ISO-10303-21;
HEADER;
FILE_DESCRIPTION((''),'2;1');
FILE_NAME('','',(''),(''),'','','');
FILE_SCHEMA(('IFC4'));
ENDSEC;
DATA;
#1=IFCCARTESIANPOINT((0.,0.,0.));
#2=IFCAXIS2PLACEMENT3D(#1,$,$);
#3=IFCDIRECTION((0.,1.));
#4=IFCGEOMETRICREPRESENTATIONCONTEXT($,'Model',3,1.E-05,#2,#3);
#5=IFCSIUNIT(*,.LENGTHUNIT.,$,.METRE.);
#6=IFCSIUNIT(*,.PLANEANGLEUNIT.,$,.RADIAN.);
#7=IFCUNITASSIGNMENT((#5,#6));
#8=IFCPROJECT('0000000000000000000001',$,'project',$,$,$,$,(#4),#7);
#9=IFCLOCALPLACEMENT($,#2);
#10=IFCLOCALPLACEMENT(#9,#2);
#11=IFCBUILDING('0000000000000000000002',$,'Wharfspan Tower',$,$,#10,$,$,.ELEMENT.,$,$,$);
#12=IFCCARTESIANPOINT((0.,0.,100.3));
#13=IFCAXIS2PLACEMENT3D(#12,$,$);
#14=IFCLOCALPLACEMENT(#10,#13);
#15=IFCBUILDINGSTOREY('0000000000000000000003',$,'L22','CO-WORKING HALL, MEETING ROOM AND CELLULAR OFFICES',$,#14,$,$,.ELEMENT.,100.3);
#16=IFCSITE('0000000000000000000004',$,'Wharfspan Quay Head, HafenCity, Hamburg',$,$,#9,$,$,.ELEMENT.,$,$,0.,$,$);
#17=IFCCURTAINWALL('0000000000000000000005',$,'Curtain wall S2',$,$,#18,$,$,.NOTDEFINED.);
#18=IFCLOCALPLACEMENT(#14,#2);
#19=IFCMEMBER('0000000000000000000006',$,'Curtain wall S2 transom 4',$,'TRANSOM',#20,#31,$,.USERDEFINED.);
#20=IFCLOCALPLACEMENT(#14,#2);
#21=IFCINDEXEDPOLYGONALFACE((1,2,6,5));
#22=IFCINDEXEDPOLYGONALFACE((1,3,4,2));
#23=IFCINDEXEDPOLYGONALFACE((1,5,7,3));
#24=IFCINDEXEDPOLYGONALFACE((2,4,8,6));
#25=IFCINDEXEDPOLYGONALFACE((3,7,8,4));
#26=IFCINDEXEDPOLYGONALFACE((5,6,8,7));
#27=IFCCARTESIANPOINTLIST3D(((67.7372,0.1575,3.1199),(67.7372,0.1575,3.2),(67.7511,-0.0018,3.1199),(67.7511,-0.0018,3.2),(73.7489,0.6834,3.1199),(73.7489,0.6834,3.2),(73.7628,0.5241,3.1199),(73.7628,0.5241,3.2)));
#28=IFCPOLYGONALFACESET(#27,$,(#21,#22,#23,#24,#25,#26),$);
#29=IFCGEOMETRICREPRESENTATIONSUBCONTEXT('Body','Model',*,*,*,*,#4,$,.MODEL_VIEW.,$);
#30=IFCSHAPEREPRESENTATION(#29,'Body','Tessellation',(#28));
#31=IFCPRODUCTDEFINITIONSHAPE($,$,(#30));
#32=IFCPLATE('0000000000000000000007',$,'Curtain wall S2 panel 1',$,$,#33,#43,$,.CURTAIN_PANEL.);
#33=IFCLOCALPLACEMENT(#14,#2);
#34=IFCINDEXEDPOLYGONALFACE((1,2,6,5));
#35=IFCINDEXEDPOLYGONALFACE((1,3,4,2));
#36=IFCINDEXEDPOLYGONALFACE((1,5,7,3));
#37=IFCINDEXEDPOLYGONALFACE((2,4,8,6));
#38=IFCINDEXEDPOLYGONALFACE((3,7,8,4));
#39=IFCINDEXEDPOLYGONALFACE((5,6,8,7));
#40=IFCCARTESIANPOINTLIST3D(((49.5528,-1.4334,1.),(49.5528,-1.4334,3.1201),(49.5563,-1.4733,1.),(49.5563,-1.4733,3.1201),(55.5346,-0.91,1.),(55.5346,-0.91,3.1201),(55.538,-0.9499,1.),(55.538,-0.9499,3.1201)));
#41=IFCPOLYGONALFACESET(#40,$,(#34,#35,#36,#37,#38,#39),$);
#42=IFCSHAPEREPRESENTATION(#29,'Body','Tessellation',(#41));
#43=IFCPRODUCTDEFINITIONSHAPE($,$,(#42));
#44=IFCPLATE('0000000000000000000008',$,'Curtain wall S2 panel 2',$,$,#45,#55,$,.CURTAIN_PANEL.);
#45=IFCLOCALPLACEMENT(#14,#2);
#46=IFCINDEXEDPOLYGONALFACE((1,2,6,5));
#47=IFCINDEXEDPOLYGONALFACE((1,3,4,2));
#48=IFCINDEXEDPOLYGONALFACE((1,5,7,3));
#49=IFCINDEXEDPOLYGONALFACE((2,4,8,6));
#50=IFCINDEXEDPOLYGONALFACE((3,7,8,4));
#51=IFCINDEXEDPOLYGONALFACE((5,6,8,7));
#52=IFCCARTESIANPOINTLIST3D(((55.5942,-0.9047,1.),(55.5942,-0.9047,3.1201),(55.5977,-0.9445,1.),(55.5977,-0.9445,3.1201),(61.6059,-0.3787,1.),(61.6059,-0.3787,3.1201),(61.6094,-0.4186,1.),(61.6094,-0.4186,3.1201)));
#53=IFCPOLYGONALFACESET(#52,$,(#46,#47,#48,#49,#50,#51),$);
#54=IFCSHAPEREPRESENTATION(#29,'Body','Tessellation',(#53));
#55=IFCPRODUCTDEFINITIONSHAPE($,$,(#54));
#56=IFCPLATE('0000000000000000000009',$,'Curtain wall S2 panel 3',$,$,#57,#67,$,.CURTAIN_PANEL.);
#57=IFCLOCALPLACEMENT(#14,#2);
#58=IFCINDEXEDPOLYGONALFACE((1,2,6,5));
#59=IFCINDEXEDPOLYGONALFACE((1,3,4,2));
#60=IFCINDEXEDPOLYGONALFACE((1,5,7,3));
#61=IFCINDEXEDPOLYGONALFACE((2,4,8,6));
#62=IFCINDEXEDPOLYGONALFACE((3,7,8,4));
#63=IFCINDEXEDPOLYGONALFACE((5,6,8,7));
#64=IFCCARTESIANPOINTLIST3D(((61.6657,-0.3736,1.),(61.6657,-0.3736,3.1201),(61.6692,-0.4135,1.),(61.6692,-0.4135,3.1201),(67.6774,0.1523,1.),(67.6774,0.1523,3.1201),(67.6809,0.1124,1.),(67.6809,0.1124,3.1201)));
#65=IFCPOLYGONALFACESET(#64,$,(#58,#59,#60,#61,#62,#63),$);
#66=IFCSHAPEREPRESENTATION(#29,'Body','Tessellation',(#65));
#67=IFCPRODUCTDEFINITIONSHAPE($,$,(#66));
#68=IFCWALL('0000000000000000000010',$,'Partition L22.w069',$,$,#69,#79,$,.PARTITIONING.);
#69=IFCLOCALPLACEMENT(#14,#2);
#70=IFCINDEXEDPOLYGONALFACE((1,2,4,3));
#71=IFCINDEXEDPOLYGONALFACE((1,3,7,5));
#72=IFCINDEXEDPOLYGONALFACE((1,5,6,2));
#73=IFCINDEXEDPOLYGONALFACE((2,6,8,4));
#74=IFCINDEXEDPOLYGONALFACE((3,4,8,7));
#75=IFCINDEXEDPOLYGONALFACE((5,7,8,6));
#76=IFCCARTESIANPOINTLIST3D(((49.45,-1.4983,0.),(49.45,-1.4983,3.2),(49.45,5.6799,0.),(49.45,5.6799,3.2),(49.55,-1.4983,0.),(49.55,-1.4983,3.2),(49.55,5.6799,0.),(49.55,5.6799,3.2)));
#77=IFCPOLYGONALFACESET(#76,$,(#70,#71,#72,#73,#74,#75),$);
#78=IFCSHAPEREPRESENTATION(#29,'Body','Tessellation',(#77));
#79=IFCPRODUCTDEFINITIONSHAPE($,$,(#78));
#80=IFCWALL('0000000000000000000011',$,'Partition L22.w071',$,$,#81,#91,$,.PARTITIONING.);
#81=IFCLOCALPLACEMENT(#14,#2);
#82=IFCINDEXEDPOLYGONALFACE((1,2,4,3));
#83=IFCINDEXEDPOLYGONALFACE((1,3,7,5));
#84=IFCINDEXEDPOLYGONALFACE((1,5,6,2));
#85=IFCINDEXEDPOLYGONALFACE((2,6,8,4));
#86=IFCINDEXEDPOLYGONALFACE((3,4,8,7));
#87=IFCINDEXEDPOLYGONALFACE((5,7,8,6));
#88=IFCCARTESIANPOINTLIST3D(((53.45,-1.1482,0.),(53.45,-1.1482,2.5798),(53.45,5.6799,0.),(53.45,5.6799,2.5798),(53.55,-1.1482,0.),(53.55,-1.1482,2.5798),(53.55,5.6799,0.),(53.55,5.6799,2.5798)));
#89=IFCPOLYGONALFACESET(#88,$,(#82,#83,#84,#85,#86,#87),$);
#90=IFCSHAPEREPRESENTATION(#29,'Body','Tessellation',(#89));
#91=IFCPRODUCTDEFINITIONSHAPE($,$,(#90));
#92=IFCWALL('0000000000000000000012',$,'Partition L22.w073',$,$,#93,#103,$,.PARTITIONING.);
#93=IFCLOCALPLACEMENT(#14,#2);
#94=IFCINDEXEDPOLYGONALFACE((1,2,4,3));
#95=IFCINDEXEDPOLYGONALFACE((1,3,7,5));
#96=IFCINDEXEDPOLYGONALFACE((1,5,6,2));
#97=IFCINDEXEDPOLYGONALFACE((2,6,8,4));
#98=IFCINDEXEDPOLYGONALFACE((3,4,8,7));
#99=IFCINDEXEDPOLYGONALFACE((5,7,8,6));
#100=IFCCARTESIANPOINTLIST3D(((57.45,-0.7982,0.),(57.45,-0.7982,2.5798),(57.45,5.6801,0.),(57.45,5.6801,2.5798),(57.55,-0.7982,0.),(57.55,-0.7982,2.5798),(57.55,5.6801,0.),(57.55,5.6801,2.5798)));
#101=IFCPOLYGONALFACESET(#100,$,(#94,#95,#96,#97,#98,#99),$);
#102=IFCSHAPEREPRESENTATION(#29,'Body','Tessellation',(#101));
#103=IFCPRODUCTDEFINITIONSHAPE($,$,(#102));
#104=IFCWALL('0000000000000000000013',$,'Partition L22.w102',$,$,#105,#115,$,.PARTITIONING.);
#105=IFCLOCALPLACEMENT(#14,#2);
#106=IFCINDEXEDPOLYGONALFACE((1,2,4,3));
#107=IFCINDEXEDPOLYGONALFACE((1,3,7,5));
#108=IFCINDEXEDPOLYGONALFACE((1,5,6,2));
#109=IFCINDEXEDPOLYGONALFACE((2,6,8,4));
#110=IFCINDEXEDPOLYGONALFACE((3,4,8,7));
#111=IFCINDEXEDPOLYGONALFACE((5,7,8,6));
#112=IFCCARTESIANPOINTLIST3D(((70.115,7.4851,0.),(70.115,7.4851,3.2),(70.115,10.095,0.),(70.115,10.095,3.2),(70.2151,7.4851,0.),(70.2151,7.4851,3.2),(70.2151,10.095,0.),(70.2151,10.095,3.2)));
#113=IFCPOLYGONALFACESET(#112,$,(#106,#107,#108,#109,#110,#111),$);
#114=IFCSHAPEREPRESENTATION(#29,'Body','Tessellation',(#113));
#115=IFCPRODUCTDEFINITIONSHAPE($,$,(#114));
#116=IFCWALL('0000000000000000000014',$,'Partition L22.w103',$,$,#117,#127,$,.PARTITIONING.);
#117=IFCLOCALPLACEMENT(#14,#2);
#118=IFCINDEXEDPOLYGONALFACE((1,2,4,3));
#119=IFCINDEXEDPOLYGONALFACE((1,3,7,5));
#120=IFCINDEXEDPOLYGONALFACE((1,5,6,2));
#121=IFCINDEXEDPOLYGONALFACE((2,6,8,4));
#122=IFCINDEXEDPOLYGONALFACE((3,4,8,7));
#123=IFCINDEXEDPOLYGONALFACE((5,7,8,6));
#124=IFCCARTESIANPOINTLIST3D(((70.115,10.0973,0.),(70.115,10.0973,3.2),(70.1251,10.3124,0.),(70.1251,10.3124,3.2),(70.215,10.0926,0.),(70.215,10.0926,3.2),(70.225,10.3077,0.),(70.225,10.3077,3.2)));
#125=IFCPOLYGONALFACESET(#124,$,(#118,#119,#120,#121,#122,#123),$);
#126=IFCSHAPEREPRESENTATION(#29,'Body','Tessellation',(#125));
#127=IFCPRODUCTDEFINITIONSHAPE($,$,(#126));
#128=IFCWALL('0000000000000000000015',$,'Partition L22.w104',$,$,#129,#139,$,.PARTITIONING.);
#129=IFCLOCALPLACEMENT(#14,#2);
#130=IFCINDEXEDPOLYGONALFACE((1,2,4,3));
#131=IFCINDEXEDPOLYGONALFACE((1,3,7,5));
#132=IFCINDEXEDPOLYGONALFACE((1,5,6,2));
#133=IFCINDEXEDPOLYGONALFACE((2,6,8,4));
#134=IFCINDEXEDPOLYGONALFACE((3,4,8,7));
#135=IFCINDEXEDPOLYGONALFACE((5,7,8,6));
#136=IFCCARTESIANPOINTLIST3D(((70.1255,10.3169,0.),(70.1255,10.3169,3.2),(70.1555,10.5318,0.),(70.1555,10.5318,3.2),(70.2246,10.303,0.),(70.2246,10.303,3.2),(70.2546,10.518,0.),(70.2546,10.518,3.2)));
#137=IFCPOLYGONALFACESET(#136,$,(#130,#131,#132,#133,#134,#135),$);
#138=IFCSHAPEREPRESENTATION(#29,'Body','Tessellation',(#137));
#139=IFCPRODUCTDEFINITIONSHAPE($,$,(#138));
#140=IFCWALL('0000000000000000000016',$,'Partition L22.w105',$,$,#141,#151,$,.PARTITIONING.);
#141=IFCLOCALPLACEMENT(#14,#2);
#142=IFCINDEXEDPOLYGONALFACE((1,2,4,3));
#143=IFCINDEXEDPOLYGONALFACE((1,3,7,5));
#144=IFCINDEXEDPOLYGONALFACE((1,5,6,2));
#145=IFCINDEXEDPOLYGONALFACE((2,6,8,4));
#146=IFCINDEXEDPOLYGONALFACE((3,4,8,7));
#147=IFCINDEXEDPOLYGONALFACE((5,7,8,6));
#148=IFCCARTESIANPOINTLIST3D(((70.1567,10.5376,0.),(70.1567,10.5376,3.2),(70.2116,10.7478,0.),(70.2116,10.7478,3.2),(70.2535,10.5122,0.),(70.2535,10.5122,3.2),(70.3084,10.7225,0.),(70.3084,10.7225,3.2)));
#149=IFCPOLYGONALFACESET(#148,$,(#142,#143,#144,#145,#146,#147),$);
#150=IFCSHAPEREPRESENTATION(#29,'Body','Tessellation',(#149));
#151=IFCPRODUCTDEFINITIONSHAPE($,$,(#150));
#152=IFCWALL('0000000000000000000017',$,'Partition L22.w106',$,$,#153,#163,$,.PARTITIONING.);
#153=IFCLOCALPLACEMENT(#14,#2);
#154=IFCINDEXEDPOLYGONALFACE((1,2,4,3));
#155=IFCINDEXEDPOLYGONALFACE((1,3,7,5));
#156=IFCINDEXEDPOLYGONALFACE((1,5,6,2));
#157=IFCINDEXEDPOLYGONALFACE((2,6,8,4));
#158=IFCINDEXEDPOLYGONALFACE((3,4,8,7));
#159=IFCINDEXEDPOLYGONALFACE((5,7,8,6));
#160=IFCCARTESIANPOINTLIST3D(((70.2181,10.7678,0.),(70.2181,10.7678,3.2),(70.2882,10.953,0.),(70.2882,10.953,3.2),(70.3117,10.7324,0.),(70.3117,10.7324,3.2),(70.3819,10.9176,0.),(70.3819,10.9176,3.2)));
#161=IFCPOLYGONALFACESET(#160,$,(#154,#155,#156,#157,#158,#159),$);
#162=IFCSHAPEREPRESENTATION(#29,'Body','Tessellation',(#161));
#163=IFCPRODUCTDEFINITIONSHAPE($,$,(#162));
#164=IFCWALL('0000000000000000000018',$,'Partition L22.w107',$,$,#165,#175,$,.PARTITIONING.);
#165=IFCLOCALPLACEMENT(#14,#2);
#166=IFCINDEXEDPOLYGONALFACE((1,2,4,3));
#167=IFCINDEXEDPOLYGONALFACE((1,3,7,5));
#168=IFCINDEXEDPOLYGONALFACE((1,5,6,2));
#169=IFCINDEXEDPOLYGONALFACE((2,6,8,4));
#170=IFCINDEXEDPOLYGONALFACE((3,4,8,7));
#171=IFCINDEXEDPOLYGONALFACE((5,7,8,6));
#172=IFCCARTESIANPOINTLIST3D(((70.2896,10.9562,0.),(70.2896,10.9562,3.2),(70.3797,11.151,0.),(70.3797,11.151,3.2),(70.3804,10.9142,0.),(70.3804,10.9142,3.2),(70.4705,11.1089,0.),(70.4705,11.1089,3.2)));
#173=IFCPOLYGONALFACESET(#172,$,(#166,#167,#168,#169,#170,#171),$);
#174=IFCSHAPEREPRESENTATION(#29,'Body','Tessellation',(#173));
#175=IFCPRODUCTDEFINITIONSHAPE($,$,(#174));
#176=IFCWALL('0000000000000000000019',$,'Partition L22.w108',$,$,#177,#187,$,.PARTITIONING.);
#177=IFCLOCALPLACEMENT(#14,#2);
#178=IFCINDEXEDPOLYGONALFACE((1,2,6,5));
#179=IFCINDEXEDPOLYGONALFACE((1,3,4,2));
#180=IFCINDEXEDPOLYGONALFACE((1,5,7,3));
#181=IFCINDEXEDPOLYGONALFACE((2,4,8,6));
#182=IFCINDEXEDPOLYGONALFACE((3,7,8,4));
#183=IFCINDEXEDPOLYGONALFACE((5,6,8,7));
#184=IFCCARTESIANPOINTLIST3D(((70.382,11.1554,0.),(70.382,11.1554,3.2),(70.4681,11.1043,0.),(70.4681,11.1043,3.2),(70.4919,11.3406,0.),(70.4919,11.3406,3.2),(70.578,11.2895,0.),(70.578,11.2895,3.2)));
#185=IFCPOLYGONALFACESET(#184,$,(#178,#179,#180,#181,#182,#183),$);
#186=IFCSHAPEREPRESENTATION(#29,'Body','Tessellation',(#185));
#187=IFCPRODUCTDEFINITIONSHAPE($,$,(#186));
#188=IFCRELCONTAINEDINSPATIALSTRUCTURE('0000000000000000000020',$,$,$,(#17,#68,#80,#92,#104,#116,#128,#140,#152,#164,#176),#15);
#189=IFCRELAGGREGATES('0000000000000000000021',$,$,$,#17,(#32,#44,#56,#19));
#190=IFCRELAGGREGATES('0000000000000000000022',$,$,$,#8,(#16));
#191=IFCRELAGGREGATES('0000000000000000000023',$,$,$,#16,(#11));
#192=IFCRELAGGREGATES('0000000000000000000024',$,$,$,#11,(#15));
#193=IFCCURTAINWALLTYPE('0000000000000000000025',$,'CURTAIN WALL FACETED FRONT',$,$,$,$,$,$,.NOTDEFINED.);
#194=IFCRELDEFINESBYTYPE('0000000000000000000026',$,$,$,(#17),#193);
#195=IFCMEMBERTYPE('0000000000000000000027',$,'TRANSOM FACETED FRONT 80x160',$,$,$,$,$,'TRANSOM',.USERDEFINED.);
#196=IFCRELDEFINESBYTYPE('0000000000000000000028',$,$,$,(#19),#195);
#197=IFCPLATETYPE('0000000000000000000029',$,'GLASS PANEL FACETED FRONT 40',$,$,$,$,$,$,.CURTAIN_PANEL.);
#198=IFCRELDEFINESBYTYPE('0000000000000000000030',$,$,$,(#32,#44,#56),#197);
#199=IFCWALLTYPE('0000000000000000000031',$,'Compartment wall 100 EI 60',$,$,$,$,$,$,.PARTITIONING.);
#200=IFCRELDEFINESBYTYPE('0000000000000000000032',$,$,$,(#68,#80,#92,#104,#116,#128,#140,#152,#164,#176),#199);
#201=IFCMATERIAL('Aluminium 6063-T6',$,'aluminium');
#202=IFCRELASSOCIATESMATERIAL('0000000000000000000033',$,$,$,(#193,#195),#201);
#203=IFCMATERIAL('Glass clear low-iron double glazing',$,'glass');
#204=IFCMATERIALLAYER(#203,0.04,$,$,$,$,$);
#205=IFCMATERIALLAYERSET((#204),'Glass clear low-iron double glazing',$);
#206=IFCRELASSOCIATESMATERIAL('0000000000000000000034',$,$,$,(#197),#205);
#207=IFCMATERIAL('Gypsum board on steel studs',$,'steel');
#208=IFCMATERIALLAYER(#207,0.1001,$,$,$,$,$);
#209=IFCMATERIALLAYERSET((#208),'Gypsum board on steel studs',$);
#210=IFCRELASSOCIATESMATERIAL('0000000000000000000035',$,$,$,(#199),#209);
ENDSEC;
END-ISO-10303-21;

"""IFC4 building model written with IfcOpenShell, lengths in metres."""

from ifc_helpers import new_model, si_unit, direction, frame, frame_2d, origin, origin_2d, place, context, subcontext, project, spatial, rectangle, extrude, material, layer, layer_set, material_profile, profile_set, type_object, element, aggregate, save


model = new_model("IFC4")

# Units and contexts
model_context = context("Model", 3, precision=1e-05, world=origin(), true_north=direction((0.0, 1.0)))
body_context = subcontext(model_context, "Body", "Model", "MODEL_VIEW")
ifc_project = project(units=[si_unit("LENGTHUNIT", "METRE"), si_unit("PLANEANGLEUNIT", "RADIAN")], contexts=[model_context])

# Site, building, storey
site_placement = place(None, origin())
site = spatial("IfcSite", under=ifc_project, at=site_placement, Name="Wharfspan Quay Head, HafenCity, Hamburg", CompositionType="ELEMENT", RefElevation=0.0)
building_placement = place(site_placement, origin())
building = spatial("IfcBuilding", under=site, at=building_placement, Name="Wharfspan Tower", CompositionType="ELEMENT")
storey_placement = place(building_placement, frame((0.0, 0.0, 100.3)))
storey = spatial("IfcBuildingStorey", under=building, at=storey_placement, Name="L22", Description="CO-WORKING HALL, MEETING ROOM AND CELLULAR OFFICES", CompositionType="ELEMENT", Elevation=100.3)

# Curtain wall, member, plates
ifc_material_1 = material(Name="Aluminium 6063-T6", Category="aluminium")
curtain_wall_type = type_object("IfcCurtainWallType", Name="CURTAIN WALL FACETED FRONT", PredefinedType="NOTDEFINED", material=ifc_material_1)
curtain_wall_placement = place(storey_placement, origin())
curtain_wall = element("IfcCurtainWall", 1, at=curtain_wall_placement, inside=storey, type_object=curtain_wall_type, Name="Curtain wall S2", PredefinedType="NOTDEFINED")
ifc_material_profile_1 = material_profile(ifc_material_1, rectangle(XDim=0.1599, YDim=0.0801, at=origin_2d()))
ifc_profile_set_1 = profile_set([ifc_material_profile_1], Name="Aluminium 6063-T6")
member_type_1 = type_object("IfcMemberType", Name="TRANSOM FACETED FRONT 80x160", ElementType="TRANSOM", PredefinedType="USERDEFINED", material=ifc_profile_set_1)
member_1_placement = place(storey_placement, frame((67.7441, 0.0779, 3.1599), z_axis=(0.996196, 0.087143, 0.0), x_axis=(-0.087143, 0.996196, 0.0)))
member_1 = element("IfcMember", 2, at=member_1_placement, type_object=member_type_1, Name="Curtain wall S2 transom 4", ObjectType="TRANSOM", PredefinedType="USERDEFINED", context=body_context, shape_type="SweptSolid", body=[
    extrude(rectangle(XDim=0.1599, YDim=0.0801, at=origin_2d()), origin(), (0.0, 0.0, 1.0), 6.0347),
])
ifc_material_2 = material(Name="Glass clear low-iron double glazing", Category="glass")
ifc_layer_1 = layer(ifc_material_2, 0.04)
ifc_layer_set_1 = layer_set([ifc_layer_1], Name="Glass clear low-iron double glazing")
plate_type = type_object("IfcPlateType", Name="GLASS PANEL FACETED FRONT 40", PredefinedType="CURTAIN_PANEL", material=ifc_layer_set_1)
plate_1_placement = place(storey_placement, frame((52.5454, -1.1917, 1.0), z_axis=(0.0, 0.0, 1.0), x_axis=(0.996198, 0.087156, 0.0)))
plate_1 = element("IfcPlate", 3, at=plate_1_placement, type_object=plate_type, Name="Curtain wall S2 panel 1", PredefinedType="CURTAIN_PANEL", context=body_context, shape_type="SweptSolid", body=[
    extrude(rectangle(XDim=6.0046, YDim=0.04, at=origin_2d()), origin(), (0.0, 0.0, 1.0), 2.1201),
])
plate_2_placement = place(storey_placement, frame((58.6018, -0.6616, 1.0), z_axis=(0.0, 0.0, 1.0), x_axis=(0.996198, 0.087156, 0.0)))
plate_2 = element("IfcPlate", 4, at=plate_2_placement, type_object=plate_type, Name="Curtain wall S2 panel 2", PredefinedType="CURTAIN_PANEL", context=body_context, shape_type="SweptSolid", body=[
    extrude(rectangle(XDim=6.0347, YDim=0.04, at=origin_2d()), origin(), (0.0, 0.0, 1.0), 2.1201),
])
plate_3_placement = place(storey_placement, frame((64.6733, -0.1306, 1.0), z_axis=(0.0, 0.0, 1.0), x_axis=(0.996198, 0.087156, 0.0)))
plate_3 = element("IfcPlate", 5, at=plate_3_placement, type_object=plate_type, Name="Curtain wall S2 panel 3", PredefinedType="CURTAIN_PANEL", context=body_context, shape_type="SweptSolid", body=[
    extrude(rectangle(XDim=6.0347, YDim=0.04, at=origin_2d()), origin(), (0.0, 0.0, 1.0), 2.1201),
])
aggregate(curtain_wall, [plate_1, plate_2, plate_3, member_1])

# Walls
ifc_material_3 = material(Name="Gypsum board on steel studs", Category="steel")
ifc_layer_2 = layer(ifc_material_3, 0.1001)
ifc_layer_set_2 = layer_set([ifc_layer_2], Name="Gypsum board on steel studs")
wall_type_1 = type_object("IfcWallType", Name="Compartment wall 100 EI 60", PredefinedType="PARTITIONING", material=ifc_layer_set_2)
wall_1_placement = place(storey_placement, frame((49.5, -1.4983, 0.0), z_axis=(0.0, 0.0, 1.0), x_axis=(0.0, 1.0, 0.0)))
element("IfcWall", 6, at=wall_1_placement, inside=storey, type_object=wall_type_1, Name="Partition L22.w069", PredefinedType="PARTITIONING", context=body_context, shape_type="SweptSolid", body=[
    extrude(rectangle(XDim=7.1782, YDim=0.1001, at=frame_2d((3.5891, 0.0))), origin(), (0.0, 0.0, 1.0), 3.2),
])
wall_2_placement = place(storey_placement, frame((53.5, -1.1482, 0.0), z_axis=(0.0, 0.0, 1.0), x_axis=(0.0, 1.0, 0.0)))
element("IfcWall", 7, at=wall_2_placement, inside=storey, type_object=wall_type_1, Name="Partition L22.w071", PredefinedType="PARTITIONING", context=body_context, shape_type="SweptSolid", body=[
    extrude(rectangle(XDim=6.8281, YDim=0.1001, at=frame_2d((3.4141, 0.0))), origin(), (0.0, 0.0, 1.0), 2.5798),
])
wall_3_placement = place(storey_placement, frame((57.5, -0.7983, 0.0), z_axis=(0.0, 0.0, 1.0), x_axis=(0.0, 1.0, 0.0)))
element("IfcWall", 8, at=wall_3_placement, inside=storey, type_object=wall_type_1, Name="Partition L22.w073", PredefinedType="PARTITIONING", context=body_context, shape_type="SweptSolid", body=[
    extrude(rectangle(XDim=6.4783, YDim=0.1001, at=frame_2d((3.2393, 0.0))), origin(), (0.0, 0.0, 1.0), 2.5798),
])
wall_4_placement = place(storey_placement, frame((70.165, 7.4851, 0.0), z_axis=(0.0, 0.0, 1.0), x_axis=(0.0, 1.0, 0.0)))
element("IfcWall", 9, at=wall_4_placement, inside=storey, type_object=wall_type_1, Name="Partition L22.w102", PredefinedType="PARTITIONING", context=body_context, shape_type="SweptSolid", body=[
    extrude(rectangle(XDim=2.6099, YDim=0.1001, at=frame_2d((1.3049, 0.0))), origin(), (0.0, 0.0, 1.0), 3.2),
])
wall_5_placement = place(storey_placement, frame((70.165, 10.095, 0.0), z_axis=(0.0, 0.0, 1.0), x_axis=(0.046488, 0.998923, 0.0)))
element("IfcWall", 10, at=wall_5_placement, inside=storey, type_object=wall_type_1, Name="Partition L22.w103", PredefinedType="PARTITIONING", context=body_context, shape_type="SweptSolid", body=[
    extrude(rectangle(XDim=0.2153, YDim=0.1001, at=frame_2d((0.1077, 0.0))), origin(), (0.0, 0.0, 1.0), 3.2),
])
wall_6_placement = place(storey_placement, frame((70.175, 10.3101, 0.0), z_axis=(0.0, 0.0, 1.0), x_axis=(0.138427, 0.990372, 0.0)))
element("IfcWall", 11, at=wall_6_placement, inside=storey, type_object=wall_type_1, Name="Partition L22.w104", PredefinedType="PARTITIONING", context=body_context, shape_type="SweptSolid", body=[
    extrude(rectangle(XDim=0.217, YDim=0.1001, at=frame_2d((0.1084, 0.0))), origin(), (0.0, 0.0, 1.0), 3.2),
])
wall_7_placement = place(storey_placement, frame((70.2051, 10.5249, 0.0), z_axis=(0.0, 0.0, 1.0), x_axis=(0.252833, 0.967508, 0.0)))
element("IfcWall", 12, at=wall_7_placement, inside=storey, type_object=wall_type_1, Name="Partition L22.w105", PredefinedType="PARTITIONING", context=body_context, shape_type="SweptSolid", body=[
    extrude(rectangle(XDim=0.2173, YDim=0.1001, at=frame_2d((0.1086, 0.0))), origin(), (0.0, 0.0, 1.0), 3.2),
])
wall_8_placement = place(storey_placement, frame((70.2649, 10.75, 0.0), z_axis=(0.0, 0.0, 1.0), x_axis=(0.354097, 0.935211, 0.0)))
element("IfcWall", 13, at=wall_8_placement, inside=storey, type_object=wall_type_1, Name="Partition L22.w106", PredefinedType="PARTITIONING", context=body_context, shape_type="SweptSolid", body=[
    extrude(rectangle(XDim=0.198, YDim=0.1001, at=frame_2d((0.0991, 0.0))), origin(), (0.0, 0.0, 1.0), 3.2),
])
wall_9_placement = place(storey_placement, frame((70.335, 10.9351, 0.0), z_axis=(0.0, 0.0, 1.0), x_axis=(0.419707, 0.907659, 0.0)))
element("IfcWall", 14, at=wall_9_placement, inside=storey, type_object=wall_type_1, Name="Partition L22.w107", PredefinedType="PARTITIONING", context=body_context, shape_type="SweptSolid", body=[
    extrude(rectangle(XDim=0.2146, YDim=0.1001, at=frame_2d((0.1074, 0.0))), origin(), (0.0, 0.0, 1.0), 3.2),
])
wall_10_placement = place(storey_placement, frame((70.425, 11.1299, 0.0), z_axis=(0.0, 0.0, 1.0), x_axis=(0.510487, 0.859887, 0.0)))
element("IfcWall", 15, at=wall_10_placement, inside=storey, type_object=wall_type_1, Name="Partition L22.w108", PredefinedType="PARTITIONING", context=body_context, shape_type="SweptSolid", body=[
    extrude(rectangle(XDim=0.2153, YDim=0.1001, at=frame_2d((0.1077, 0.0))), origin(), (0.0, 0.0, 1.0), 3.2),
])

save(model, "model.ifc")
